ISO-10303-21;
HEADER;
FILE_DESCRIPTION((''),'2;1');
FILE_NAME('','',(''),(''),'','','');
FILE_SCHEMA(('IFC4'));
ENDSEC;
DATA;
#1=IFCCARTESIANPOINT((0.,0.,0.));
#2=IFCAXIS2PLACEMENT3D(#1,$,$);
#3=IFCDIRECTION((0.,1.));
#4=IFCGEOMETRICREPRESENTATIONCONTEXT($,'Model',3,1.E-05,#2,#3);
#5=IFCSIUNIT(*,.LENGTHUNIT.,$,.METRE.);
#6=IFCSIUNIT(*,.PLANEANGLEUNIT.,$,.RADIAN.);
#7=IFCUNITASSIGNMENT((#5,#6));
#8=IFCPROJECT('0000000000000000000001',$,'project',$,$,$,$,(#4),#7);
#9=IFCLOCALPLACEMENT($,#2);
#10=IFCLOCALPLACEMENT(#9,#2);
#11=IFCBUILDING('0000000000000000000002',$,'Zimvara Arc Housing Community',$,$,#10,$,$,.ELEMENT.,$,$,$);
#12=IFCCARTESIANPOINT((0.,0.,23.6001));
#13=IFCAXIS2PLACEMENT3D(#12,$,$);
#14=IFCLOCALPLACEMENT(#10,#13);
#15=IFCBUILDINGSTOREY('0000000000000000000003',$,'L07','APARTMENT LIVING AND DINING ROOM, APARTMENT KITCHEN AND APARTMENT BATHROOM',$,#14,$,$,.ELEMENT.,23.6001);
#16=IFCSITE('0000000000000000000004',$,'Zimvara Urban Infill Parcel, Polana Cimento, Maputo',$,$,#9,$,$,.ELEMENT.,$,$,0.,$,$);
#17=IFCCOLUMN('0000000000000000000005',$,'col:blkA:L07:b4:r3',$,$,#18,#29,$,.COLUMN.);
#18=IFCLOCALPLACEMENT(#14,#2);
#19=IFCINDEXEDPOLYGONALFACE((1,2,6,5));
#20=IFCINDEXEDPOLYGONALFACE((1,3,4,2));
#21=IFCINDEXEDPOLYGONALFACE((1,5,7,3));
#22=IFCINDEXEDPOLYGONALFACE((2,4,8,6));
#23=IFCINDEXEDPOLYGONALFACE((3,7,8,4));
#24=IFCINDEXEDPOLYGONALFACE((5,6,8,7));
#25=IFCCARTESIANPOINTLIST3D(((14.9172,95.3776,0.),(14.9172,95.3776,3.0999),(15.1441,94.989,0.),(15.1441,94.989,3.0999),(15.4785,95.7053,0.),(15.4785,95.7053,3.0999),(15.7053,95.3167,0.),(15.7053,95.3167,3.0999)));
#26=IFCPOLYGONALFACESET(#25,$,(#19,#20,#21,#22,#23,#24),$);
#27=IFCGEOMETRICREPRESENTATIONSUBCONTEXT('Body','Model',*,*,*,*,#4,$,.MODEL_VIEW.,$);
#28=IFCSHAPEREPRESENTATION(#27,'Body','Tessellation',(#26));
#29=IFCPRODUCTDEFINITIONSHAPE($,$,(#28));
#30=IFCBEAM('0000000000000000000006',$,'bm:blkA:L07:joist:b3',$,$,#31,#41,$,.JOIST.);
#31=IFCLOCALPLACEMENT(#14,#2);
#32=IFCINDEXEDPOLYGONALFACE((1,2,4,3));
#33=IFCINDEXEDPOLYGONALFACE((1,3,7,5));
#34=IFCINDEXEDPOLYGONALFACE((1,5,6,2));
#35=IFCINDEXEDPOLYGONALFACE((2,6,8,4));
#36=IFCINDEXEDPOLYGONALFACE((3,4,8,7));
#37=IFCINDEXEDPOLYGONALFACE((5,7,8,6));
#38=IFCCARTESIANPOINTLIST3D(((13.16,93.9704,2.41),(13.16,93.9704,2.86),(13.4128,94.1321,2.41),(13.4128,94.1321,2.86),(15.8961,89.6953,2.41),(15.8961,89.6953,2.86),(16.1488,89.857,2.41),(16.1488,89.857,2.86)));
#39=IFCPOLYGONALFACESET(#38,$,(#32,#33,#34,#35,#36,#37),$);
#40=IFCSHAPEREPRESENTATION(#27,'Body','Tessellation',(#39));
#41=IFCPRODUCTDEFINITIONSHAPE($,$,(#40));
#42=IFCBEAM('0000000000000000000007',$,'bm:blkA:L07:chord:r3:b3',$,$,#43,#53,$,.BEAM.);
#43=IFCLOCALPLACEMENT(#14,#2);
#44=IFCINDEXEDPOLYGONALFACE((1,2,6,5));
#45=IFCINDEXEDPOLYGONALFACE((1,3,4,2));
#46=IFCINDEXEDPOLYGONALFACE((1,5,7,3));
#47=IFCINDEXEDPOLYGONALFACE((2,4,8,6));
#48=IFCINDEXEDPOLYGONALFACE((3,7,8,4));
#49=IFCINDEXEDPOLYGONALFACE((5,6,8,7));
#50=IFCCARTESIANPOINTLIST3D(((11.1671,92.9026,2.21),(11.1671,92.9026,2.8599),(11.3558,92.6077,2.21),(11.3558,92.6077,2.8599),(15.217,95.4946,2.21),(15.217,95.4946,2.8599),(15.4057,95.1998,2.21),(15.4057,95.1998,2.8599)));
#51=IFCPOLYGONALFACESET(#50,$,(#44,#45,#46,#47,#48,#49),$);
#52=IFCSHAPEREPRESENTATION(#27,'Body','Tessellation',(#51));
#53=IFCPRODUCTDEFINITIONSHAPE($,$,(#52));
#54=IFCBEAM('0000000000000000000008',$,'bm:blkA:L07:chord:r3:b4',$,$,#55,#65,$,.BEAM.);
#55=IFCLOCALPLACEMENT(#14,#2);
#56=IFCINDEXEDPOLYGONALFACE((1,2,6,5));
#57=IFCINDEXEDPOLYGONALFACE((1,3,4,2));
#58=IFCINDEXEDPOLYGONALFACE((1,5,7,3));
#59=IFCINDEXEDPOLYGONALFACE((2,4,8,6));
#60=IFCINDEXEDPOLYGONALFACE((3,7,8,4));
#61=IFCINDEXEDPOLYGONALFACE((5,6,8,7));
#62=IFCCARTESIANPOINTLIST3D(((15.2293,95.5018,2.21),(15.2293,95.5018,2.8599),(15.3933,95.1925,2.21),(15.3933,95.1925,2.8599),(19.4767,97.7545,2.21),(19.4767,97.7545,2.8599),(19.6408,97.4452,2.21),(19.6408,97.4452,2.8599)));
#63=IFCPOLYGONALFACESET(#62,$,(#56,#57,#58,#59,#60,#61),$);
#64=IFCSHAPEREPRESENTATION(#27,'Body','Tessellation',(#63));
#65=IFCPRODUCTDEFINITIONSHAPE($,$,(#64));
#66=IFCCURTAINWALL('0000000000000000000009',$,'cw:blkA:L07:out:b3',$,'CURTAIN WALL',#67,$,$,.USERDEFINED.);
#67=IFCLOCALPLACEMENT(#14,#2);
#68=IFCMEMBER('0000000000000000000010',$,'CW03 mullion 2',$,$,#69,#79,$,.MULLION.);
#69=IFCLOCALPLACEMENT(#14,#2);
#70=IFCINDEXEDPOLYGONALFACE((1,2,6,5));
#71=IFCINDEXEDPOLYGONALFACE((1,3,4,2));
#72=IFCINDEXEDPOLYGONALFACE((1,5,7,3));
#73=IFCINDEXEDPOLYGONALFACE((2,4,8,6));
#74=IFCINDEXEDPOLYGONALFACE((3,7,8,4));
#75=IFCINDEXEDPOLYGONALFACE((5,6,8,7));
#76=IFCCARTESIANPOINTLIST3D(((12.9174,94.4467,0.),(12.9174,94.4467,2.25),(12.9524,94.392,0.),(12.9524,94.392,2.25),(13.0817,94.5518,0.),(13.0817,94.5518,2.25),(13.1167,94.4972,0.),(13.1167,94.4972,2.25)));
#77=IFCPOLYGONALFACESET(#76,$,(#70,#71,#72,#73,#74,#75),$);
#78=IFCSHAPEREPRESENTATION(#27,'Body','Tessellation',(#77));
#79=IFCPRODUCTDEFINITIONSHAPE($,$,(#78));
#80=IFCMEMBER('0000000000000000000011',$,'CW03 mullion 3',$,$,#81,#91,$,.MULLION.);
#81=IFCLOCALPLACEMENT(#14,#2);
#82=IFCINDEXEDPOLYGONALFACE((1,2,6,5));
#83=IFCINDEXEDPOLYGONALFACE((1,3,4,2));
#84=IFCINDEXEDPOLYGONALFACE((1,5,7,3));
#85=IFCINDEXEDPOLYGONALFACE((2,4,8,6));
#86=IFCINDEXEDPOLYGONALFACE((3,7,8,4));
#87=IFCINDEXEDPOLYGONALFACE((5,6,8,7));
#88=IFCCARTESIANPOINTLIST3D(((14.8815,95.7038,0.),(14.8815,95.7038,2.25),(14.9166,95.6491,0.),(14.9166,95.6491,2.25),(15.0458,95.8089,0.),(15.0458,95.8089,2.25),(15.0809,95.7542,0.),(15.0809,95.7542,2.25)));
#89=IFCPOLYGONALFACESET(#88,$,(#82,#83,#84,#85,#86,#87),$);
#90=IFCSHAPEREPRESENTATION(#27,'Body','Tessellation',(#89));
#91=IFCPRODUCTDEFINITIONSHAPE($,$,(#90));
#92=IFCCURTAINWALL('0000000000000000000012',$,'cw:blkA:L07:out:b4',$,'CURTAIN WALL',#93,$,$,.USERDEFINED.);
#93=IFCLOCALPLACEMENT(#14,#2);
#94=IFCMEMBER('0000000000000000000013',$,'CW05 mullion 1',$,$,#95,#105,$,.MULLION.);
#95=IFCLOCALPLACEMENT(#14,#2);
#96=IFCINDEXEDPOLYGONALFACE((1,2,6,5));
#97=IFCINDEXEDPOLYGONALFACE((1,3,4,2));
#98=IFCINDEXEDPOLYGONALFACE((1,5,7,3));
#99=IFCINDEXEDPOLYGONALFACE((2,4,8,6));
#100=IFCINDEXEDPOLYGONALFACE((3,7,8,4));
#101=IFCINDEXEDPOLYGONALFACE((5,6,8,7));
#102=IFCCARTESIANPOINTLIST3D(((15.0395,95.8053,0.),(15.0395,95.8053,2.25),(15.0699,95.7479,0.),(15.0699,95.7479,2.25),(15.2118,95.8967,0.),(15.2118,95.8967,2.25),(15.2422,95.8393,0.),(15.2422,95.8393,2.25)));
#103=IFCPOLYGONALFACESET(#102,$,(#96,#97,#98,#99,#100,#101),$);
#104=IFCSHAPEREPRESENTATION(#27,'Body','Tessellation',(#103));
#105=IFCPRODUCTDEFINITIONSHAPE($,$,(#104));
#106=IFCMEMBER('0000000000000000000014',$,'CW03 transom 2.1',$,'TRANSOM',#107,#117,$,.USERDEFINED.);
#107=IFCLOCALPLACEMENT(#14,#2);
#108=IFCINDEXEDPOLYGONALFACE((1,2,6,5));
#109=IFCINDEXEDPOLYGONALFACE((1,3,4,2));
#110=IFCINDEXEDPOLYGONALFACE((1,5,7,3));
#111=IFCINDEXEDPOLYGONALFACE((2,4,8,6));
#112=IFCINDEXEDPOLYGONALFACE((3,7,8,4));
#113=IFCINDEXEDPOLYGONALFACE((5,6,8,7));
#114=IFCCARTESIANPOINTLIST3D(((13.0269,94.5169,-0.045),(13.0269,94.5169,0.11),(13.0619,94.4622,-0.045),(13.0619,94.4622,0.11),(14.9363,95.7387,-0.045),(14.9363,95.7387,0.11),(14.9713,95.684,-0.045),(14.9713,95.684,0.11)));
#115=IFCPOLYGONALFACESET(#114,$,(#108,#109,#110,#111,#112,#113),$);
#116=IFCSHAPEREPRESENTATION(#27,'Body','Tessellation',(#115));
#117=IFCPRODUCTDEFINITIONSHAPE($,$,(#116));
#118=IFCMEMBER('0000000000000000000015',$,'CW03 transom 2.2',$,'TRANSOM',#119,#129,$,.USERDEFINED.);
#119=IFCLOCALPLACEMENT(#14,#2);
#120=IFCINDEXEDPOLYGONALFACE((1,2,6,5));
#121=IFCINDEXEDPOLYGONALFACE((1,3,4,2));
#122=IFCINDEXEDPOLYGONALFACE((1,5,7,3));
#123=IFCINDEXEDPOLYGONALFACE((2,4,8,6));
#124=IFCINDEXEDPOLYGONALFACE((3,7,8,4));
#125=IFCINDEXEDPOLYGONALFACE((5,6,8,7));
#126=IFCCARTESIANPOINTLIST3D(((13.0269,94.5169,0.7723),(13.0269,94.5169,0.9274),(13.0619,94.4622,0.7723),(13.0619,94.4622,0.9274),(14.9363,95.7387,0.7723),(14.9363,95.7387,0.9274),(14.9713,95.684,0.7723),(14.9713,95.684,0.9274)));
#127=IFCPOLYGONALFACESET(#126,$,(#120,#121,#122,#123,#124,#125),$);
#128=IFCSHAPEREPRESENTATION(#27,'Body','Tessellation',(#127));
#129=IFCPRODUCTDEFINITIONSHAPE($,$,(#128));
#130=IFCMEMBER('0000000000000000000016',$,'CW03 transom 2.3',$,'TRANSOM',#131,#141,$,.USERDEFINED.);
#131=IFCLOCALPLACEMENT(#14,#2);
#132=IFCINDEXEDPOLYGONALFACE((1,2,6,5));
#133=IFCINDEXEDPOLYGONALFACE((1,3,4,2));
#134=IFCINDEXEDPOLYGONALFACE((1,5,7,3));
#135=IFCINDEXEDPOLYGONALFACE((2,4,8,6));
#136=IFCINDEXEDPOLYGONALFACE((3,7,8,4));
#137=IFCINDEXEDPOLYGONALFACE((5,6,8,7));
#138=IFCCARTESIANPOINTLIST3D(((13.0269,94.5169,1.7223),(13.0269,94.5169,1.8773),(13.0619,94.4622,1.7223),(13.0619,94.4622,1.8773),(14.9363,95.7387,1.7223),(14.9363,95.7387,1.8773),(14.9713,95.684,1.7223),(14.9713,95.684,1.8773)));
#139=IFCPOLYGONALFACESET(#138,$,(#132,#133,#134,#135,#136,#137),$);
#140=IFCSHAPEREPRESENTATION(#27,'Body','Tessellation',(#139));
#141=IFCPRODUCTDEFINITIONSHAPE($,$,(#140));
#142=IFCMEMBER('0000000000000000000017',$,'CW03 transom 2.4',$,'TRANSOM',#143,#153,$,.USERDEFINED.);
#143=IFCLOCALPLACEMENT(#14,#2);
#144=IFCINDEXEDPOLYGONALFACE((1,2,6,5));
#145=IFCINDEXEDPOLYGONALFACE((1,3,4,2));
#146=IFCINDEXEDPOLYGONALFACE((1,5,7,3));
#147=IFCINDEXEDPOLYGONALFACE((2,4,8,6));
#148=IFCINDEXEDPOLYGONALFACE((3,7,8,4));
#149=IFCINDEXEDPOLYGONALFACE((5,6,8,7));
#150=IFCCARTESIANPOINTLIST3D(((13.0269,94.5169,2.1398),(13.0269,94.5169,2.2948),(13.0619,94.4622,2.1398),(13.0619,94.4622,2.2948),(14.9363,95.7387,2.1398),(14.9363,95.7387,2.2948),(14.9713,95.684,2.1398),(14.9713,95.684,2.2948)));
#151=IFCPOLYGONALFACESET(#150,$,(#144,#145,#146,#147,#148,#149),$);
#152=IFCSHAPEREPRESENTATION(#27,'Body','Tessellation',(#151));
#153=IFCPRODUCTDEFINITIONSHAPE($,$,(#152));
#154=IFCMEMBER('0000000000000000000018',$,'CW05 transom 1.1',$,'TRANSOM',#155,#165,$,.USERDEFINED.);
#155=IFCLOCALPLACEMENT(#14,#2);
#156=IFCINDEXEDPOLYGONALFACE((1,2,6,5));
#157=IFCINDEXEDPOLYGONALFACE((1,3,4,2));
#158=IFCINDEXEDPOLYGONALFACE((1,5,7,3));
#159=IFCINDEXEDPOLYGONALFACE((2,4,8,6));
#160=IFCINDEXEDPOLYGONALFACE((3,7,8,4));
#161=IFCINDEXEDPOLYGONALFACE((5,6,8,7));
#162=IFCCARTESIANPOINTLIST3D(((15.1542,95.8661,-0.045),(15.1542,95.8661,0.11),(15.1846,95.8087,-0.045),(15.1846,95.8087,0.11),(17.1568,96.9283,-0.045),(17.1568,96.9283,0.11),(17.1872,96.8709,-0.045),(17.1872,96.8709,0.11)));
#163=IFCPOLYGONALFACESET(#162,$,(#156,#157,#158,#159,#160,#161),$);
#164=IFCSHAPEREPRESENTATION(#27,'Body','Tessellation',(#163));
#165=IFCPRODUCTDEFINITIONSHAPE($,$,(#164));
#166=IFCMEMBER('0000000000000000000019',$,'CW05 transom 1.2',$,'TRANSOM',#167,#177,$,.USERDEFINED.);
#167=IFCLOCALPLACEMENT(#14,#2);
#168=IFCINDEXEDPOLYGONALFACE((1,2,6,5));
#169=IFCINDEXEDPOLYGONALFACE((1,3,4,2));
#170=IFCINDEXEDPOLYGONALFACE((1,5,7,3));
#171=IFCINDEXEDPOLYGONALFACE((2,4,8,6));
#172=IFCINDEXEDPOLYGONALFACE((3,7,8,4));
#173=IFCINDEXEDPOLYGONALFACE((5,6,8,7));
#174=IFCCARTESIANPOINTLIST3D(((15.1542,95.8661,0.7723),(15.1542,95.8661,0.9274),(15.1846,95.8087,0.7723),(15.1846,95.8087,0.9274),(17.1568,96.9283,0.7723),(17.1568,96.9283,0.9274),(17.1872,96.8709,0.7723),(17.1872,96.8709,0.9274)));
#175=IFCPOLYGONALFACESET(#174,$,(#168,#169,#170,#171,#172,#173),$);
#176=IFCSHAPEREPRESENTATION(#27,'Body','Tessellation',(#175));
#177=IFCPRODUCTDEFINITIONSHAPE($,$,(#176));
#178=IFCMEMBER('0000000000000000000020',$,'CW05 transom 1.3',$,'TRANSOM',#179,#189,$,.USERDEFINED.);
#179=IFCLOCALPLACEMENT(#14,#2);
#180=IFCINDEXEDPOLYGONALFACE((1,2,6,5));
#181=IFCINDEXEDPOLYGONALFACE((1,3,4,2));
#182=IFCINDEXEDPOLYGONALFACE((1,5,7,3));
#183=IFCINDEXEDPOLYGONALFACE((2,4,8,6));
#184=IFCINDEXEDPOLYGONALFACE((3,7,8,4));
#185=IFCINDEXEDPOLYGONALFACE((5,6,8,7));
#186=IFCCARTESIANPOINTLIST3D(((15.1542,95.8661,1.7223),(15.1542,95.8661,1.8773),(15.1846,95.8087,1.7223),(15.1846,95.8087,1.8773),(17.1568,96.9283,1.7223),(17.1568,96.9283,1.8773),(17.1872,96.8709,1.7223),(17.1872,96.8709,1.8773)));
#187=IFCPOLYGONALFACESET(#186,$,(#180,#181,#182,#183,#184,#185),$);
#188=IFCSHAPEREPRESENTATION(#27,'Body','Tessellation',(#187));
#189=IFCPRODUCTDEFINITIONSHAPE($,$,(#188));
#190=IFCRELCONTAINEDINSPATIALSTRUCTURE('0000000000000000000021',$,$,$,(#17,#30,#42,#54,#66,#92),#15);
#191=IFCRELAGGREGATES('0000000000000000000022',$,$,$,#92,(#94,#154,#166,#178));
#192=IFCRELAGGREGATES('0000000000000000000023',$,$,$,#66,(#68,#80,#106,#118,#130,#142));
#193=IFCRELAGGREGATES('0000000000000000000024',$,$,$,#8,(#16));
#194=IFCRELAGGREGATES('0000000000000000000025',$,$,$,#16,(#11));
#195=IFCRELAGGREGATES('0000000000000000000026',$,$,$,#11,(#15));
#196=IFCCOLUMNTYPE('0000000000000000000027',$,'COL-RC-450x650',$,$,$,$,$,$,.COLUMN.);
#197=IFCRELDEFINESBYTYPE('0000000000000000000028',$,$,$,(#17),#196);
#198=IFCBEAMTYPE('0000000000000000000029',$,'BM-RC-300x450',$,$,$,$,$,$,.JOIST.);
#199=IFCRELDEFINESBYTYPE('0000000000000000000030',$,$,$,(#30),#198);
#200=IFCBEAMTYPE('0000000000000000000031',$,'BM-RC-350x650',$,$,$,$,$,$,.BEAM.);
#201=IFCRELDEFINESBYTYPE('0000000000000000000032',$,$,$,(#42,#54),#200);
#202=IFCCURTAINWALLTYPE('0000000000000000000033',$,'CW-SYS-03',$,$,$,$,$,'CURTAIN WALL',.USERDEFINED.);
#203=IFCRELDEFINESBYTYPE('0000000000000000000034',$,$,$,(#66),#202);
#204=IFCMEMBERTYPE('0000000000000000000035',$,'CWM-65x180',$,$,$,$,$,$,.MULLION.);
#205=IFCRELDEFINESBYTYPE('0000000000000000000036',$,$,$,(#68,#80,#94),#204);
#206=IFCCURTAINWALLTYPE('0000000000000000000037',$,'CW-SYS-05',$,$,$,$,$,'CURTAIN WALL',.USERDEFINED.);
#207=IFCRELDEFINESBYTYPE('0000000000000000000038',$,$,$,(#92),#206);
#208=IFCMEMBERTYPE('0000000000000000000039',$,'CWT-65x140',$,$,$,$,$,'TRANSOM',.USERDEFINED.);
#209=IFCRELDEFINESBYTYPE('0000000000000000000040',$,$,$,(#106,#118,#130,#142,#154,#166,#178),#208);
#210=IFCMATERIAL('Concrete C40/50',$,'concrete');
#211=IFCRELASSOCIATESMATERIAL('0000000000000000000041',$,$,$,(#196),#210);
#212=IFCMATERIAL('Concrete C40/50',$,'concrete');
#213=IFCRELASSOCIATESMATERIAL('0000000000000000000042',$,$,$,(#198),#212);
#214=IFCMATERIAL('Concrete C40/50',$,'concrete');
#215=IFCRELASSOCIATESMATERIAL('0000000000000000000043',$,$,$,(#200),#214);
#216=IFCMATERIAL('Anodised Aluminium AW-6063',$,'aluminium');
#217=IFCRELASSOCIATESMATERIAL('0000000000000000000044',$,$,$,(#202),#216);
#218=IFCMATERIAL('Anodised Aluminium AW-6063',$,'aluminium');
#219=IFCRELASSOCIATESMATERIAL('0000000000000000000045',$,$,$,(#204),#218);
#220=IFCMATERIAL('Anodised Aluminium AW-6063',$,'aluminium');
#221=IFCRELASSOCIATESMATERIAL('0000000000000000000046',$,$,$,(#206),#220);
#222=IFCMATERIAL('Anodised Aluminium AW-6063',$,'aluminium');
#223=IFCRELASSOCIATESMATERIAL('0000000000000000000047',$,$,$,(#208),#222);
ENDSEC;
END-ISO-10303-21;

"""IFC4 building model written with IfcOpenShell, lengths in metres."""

from ifc_helpers import new_model, si_unit, direction, frame, origin, origin_2d, place, context, subcontext, project, spatial, rectangle, extrude, material, material_profile, profile_set, type_object, element, aggregate, save


model = new_model("IFC4")

# Units and contexts
model_context = context("Model", 3, precision=1e-05, world=origin(), true_north=direction((0.0, 1.0)))
body_context = subcontext(model_context, "Body", "Model", "MODEL_VIEW")
ifc_project = project(units=[si_unit("LENGTHUNIT", "METRE"), si_unit("PLANEANGLEUNIT", "RADIAN")], contexts=[model_context])

# Site, building, storey
site_placement = place(None, origin())
site = spatial("IfcSite", under=ifc_project, at=site_placement, Name="Zimvara Urban Infill Parcel, Polana Cimento, Maputo", CompositionType="ELEMENT", RefElevation=0.0)
building_placement = place(site_placement, origin())
building = spatial("IfcBuilding", under=site, at=building_placement, Name="Zimvara Arc Housing Community", CompositionType="ELEMENT")
storey_placement = place(building_placement, frame((0.0, 0.0, 23.6001)))
storey = spatial("IfcBuildingStorey", under=building, at=storey_placement, Name="L07", Description="APARTMENT LIVING AND DINING ROOM, APARTMENT KITCHEN AND APARTMENT BATHROOM", CompositionType="ELEMENT", Elevation=23.6001)

# Column
ifc_material_1 = material(Name="Concrete C40/50", Category="concrete")
ifc_material_profile_1 = material_profile(ifc_material_1, rectangle(XDim=0.45, YDim=0.6499, at=origin_2d()), Name="RC 450x650")
ifc_profile_set_1 = profile_set([ifc_material_profile_1], Name="Concrete C40/50")
column_type = type_object("IfcColumnType", Name="COL-RC-450x650", PredefinedType="COLUMN", material=ifc_profile_set_1)
column_placement = place(storey_placement, frame((15.3113, 95.3472, 0.0), z_axis=(0.0, 0.0, 1.0), x_axis=(-0.504226, 0.863572, 0.0)))
element("IfcColumn", 1, at=column_placement, inside=storey, type_object=column_type, Name="col:blkA:L07:b4:r3", PredefinedType="COLUMN", context=body_context, shape_type="SweptSolid", body=[
    extrude(rectangle(XDim=0.45, YDim=0.6499, at=origin_2d()), origin(), (0.0, 0.0, 1.0), 3.0999),
])

# Beams
ifc_material_2 = material(Name="Concrete C40/50", Category="concrete")
ifc_material_profile_2 = material_profile(ifc_material_2, rectangle(XDim=0.3, YDim=0.45, at=origin_2d()), Name="RC 300x450")
ifc_profile_set_2 = profile_set([ifc_material_profile_2], Name="Concrete C40/50")
beam_type_1 = type_object("IfcBeamType", Name="BM-RC-300x450", PredefinedType="JOIST", material=ifc_profile_set_2)
beam_1_placement = place(storey_placement, frame((16.0225, 89.7761, 2.635), z_axis=(-0.539052, 0.842272, 0.0), x_axis=(-0.842272, -0.539052, 0.0)))
element("IfcBeam", 2, at=beam_1_placement, inside=storey, type_object=beam_type_1, Name="bm:blkA:L07:joist:b3", PredefinedType="JOIST", context=body_context, shape_type="SweptSolid", body=[
    extrude(rectangle(XDim=0.3, YDim=0.45, at=origin_2d()), origin(), (0.0, 0.0, 1.0), 5.0757),
])
ifc_material_3 = material(Name="Concrete C40/50", Category="concrete")
ifc_material_profile_3 = material_profile(ifc_material_3, rectangle(XDim=0.3501, YDim=0.6499, at=origin_2d()), Name="RC 350x650")
ifc_profile_set_3 = profile_set([ifc_material_profile_3], Name="Concrete C40/50")
beam_type_2 = type_object("IfcBeamType", Name="BM-RC-350x650", PredefinedType="BEAM", material=ifc_profile_set_3)
beam_2_placement = place(storey_placement, frame((11.2615, 92.7551, 2.5349), z_axis=(0.842256, 0.539078, 0.0), x_axis=(-0.539078, 0.842256, 0.0)))
element("IfcBeam", 3, at=beam_2_placement, inside=storey, type_object=beam_type_2, Name="bm:blkA:L07:chord:r3:b3", PredefinedType="BEAM", context=body_context, shape_type="SweptSolid", body=[
    extrude(rectangle(XDim=0.3501, YDim=0.6499, at=origin_2d()), origin(), (0.0, 0.0, 1.0), 4.8083),
])
beam_3_placement = place(storey_placement, frame((15.3113, 95.3472, 2.5349), z_axis=(0.883446, 0.468534, 0.0), x_axis=(-0.468534, 0.883446, 0.0)))
element("IfcBeam", 4, at=beam_3_placement, inside=storey, type_object=beam_type_2, Name="bm:blkA:L07:chord:r3:b4", PredefinedType="BEAM", context=body_context, shape_type="SweptSolid", body=[
    extrude(rectangle(XDim=0.3501, YDim=0.6499, at=origin_2d()), origin(), (0.0, 0.0, 1.0), 4.8079),
])

# Curtain wall, members
ifc_material_4 = material(Name="Anodised Aluminium AW-6063", Category="aluminium")
curtain_wall_type_1 = type_object("IfcCurtainWallType", Name="CW-SYS-03", ElementType="CURTAIN WALL", PredefinedType="USERDEFINED", material=ifc_material_4)
curtain_wall_1_placement = place(storey_placement, origin())
curtain_wall_1 = element("IfcCurtainWall", 5, at=curtain_wall_1_placement, inside=storey, type_object=curtain_wall_type_1, Name="cw:blkA:L07:out:b3", ObjectType="CURTAIN WALL", PredefinedType="USERDEFINED")
ifc_material_5 = material(Name="Anodised Aluminium AW-6063", Category="aluminium")
ifc_material_profile_4 = material_profile(ifc_material_5, rectangle(XDim=0.0649, YDim=0.1951, at=origin_2d()), Name="ALU 65x195")
ifc_profile_set_4 = profile_set([ifc_material_profile_4], Name="Anodised Aluminium AW-6063")
member_type_1 = type_object("IfcMemberType", Name="CWM-65x180", PredefinedType="MULLION", material=ifc_profile_set_4)
member_1_placement = place(storey_placement, frame((13.0171, 94.4719, 0.0), z_axis=(0.0, 0.0, 1.0), x_axis=(-0.539065, 0.842264, 0.0)))
member_1 = element("IfcMember", 6, at=member_1_placement, type_object=member_type_1, Name="CW03 mullion 2", PredefinedType="MULLION", context=body_context, shape_type="SweptSolid", body=[
    extrude(rectangle(XDim=0.0649, YDim=0.1951, at=origin_2d()), origin(), (0.0, 0.0, 1.0), 2.25),
])
member_2_placement = place(storey_placement, frame((14.9812, 95.729, 0.0), z_axis=(0.0, 0.0, 1.0), x_axis=(-0.539065, 0.842264, 0.0)))
member_2 = element("IfcMember", 7, at=member_2_placement, type_object=member_type_1, Name="CW03 mullion 3", PredefinedType="MULLION", context=body_context, shape_type="SweptSolid", body=[
    extrude(rectangle(XDim=0.0649, YDim=0.1951, at=origin_2d()), origin(), (0.0, 0.0, 1.0), 2.25),
])

# Curtain wall, member
ifc_material_6 = material(Name="Anodised Aluminium AW-6063", Category="aluminium")
curtain_wall_type_2 = type_object("IfcCurtainWallType", Name="CW-SYS-05", ElementType="CURTAIN WALL", PredefinedType="USERDEFINED", material=ifc_material_6)
curtain_wall_2_placement = place(storey_placement, origin())
curtain_wall_2 = element("IfcCurtainWall", 8, at=curtain_wall_2_placement, inside=storey, type_object=curtain_wall_type_2, Name="cw:blkA:L07:out:b4", ObjectType="CURTAIN WALL", PredefinedType="USERDEFINED")
member_3_placement = place(storey_placement, frame((15.1409, 95.8223, 0.0), z_axis=(0.0, 0.0, 1.0), x_axis=(-0.468547, 0.883439, 0.0)))
member_3 = element("IfcMember", 9, at=member_3_placement, type_object=member_type_1, Name="CW05 mullion 1", PredefinedType="MULLION", context=body_context, shape_type="SweptSolid", body=[
    extrude(rectangle(XDim=0.0649, YDim=0.1951, at=origin_2d()), origin(), (0.0, 0.0, 1.0), 2.25),
])

# Members
ifc_material_7 = material(Name="Anodised Aluminium AW-6063", Category="aluminium")
ifc_material_profile_5 = material_profile(ifc_material_7, rectangle(XDim=0.0649, YDim=0.155, at=origin_2d()), Name="ALU 65x155")
ifc_profile_set_5 = profile_set([ifc_material_profile_5], Name="Anodised Aluminium AW-6063")
member_type_2 = type_object("IfcMemberType", Name="CWT-65x140", ElementType="TRANSOM", PredefinedType="USERDEFINED", material=ifc_profile_set_5)
member_4_placement = place(storey_placement, frame((13.0444, 94.4895, 0.0325), z_axis=(0.842293, 0.53902, 0.0), x_axis=(-0.53902, 0.842293, 0.0)))
member_4 = element("IfcMember", 10, at=member_4_placement, type_object=member_type_2, Name="CW03 transom 2.1", ObjectType="TRANSOM", PredefinedType="USERDEFINED", context=body_context, shape_type="SweptSolid", body=[
    extrude(rectangle(XDim=0.0649, YDim=0.155, at=origin_2d()), origin(), (0.0, 0.0, 1.0), 2.2668),
])
member_5_placement = place(storey_placement, frame((13.0444, 94.4895, 0.8499), z_axis=(0.842293, 0.53902, 0.0), x_axis=(-0.53902, 0.842293, 0.0)))
member_5 = element("IfcMember", 11, at=member_5_placement, type_object=member_type_2, Name="CW03 transom 2.2", ObjectType="TRANSOM", PredefinedType="USERDEFINED", context=body_context, shape_type="SweptSolid", body=[
    extrude(rectangle(XDim=0.0649, YDim=0.155, at=origin_2d()), origin(), (0.0, 0.0, 1.0), 2.2668),
])
member_6_placement = place(storey_placement, frame((13.0444, 94.4895, 1.7998), z_axis=(0.842293, 0.53902, 0.0), x_axis=(-0.53902, 0.842293, 0.0)))
member_6 = element("IfcMember", 12, at=member_6_placement, type_object=member_type_2, Name="CW03 transom 2.3", ObjectType="TRANSOM", PredefinedType="USERDEFINED", context=body_context, shape_type="SweptSolid", body=[
    extrude(rectangle(XDim=0.0649, YDim=0.155, at=origin_2d()), origin(), (0.0, 0.0, 1.0), 2.2668),
])
member_7_placement = place(storey_placement, frame((13.0444, 94.4895, 2.2173), z_axis=(0.842293, 0.53902, 0.0), x_axis=(-0.53902, 0.842293, 0.0)))
member_7 = element("IfcMember", 13, at=member_7_placement, type_object=member_type_2, Name="CW03 transom 2.4", ObjectType="TRANSOM", PredefinedType="USERDEFINED", context=body_context, shape_type="SweptSolid", body=[
    extrude(rectangle(XDim=0.0649, YDim=0.155, at=origin_2d()), origin(), (0.0, 0.0, 1.0), 2.2668),
])
member_8_placement = place(storey_placement, frame((15.1694, 95.8374, 0.0325), z_axis=(0.883421, 0.46858, 0.0), x_axis=(-0.46858, 0.883421, 0.0)))
member_8 = element("IfcMember", 14, at=member_8_placement, type_object=member_type_2, Name="CW05 transom 1.1", ObjectType="TRANSOM", PredefinedType="USERDEFINED", context=body_context, shape_type="SweptSolid", body=[
    extrude(rectangle(XDim=0.0649, YDim=0.155, at=origin_2d()), origin(), (0.0, 0.0, 1.0), 2.2668),
])
member_9_placement = place(storey_placement, frame((15.1694, 95.8374, 0.8499), z_axis=(0.883421, 0.46858, 0.0), x_axis=(-0.46858, 0.883421, 0.0)))
member_9 = element("IfcMember", 15, at=member_9_placement, type_object=member_type_2, Name="CW05 transom 1.2", ObjectType="TRANSOM", PredefinedType="USERDEFINED", context=body_context, shape_type="SweptSolid", body=[
    extrude(rectangle(XDim=0.0649, YDim=0.155, at=origin_2d()), origin(), (0.0, 0.0, 1.0), 2.2668),
])
member_10_placement = place(storey_placement, frame((15.1694, 95.8374, 1.7998), z_axis=(0.883421, 0.46858, 0.0), x_axis=(-0.46858, 0.883421, 0.0)))
member_10 = element("IfcMember", 16, at=member_10_placement, type_object=member_type_2, Name="CW05 transom 1.3", ObjectType="TRANSOM", PredefinedType="USERDEFINED", context=body_context, shape_type="SweptSolid", body=[
    extrude(rectangle(XDim=0.0649, YDim=0.155, at=origin_2d()), origin(), (0.0, 0.0, 1.0), 2.2668),
])

aggregate(curtain_wall_2, [member_3, member_8, member_9, member_10])
aggregate(curtain_wall_1, [member_1, member_2, member_4, member_5, member_6, member_7])

save(model, "model.ifc")
